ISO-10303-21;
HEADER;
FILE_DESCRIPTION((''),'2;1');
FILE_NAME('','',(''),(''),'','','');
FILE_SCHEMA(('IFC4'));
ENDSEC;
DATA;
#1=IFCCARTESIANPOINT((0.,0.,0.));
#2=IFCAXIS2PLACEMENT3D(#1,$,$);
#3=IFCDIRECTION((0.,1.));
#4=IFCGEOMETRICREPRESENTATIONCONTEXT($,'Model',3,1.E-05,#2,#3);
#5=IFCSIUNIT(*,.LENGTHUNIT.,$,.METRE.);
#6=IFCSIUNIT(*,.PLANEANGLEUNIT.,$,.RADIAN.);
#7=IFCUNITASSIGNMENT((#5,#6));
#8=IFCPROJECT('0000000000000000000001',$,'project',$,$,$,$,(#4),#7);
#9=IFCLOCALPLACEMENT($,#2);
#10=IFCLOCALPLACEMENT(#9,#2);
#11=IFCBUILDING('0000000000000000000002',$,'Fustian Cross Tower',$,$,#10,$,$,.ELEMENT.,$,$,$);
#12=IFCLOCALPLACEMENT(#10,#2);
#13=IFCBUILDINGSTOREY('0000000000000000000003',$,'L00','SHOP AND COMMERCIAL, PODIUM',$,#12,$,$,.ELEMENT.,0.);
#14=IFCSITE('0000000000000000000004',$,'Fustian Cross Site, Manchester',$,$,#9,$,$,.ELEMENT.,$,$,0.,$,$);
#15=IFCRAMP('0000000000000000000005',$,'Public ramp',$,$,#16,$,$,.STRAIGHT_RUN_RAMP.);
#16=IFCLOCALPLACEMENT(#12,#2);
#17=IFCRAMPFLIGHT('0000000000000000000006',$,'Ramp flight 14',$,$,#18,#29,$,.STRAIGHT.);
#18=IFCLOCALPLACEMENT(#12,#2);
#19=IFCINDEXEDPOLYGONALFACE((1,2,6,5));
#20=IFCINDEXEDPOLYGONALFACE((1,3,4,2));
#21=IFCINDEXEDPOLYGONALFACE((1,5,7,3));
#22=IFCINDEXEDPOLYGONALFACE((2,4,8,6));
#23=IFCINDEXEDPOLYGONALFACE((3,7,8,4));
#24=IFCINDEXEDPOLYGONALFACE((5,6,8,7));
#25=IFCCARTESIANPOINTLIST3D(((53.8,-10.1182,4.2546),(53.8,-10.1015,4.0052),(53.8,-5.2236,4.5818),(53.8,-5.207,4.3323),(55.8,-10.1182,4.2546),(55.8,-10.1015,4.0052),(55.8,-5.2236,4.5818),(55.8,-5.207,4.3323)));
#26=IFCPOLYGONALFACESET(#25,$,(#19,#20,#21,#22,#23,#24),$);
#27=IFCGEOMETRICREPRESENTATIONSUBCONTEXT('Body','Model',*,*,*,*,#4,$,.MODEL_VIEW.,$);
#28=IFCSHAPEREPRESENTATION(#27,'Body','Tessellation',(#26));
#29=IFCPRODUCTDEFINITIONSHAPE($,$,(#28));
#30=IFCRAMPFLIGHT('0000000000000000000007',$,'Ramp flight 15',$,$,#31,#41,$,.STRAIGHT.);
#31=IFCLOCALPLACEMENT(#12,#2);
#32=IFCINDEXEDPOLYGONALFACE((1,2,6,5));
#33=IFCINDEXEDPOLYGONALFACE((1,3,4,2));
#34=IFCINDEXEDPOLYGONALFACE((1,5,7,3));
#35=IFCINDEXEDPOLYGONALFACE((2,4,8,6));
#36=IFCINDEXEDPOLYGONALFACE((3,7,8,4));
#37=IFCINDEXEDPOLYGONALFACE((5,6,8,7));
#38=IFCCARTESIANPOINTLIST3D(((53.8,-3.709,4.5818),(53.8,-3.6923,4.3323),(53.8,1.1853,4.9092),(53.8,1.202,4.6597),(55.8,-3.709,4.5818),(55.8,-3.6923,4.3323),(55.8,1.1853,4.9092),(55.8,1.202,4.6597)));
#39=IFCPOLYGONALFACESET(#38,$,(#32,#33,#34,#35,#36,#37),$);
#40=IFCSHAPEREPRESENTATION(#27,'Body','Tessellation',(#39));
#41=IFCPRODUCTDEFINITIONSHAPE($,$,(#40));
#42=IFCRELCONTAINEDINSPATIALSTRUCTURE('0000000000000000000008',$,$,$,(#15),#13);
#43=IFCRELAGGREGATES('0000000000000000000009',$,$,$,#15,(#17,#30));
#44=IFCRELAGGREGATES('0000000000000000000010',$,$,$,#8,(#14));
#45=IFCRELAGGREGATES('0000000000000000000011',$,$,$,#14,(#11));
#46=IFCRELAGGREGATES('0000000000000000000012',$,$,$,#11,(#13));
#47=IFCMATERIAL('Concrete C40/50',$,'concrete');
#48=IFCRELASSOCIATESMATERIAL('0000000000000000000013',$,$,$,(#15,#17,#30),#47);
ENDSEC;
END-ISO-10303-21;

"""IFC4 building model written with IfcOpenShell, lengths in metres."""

from ifc_helpers import new_model, si_unit, direction, frame, origin, place, context, subcontext, project, spatial, polyline, outline, extrude, material, element, aggregate, save


model = new_model("IFC4")

# Units and contexts
model_context = context("Model", 3, precision=1e-05, world=origin(), true_north=direction((0.0, 1.0)))
body_context = subcontext(model_context, "Body", "Model", "MODEL_VIEW")
ifc_project = project(units=[si_unit("LENGTHUNIT", "METRE"), si_unit("PLANEANGLEUNIT", "RADIAN")], contexts=[model_context])

# Site, building, storey
site_placement = place(None, origin())
site = spatial("IfcSite", under=ifc_project, at=site_placement, Name="Fustian Cross Site, Manchester", CompositionType="ELEMENT", RefElevation=0.0)
building_placement = place(site_placement, origin())
building = spatial("IfcBuilding", under=site, at=building_placement, Name="Fustian Cross Tower", CompositionType="ELEMENT")
storey_placement = place(building_placement, origin())
storey = spatial("IfcBuildingStorey", under=building, at=storey_placement, Name="L00", Description="SHOP AND COMMERCIAL, PODIUM", CompositionType="ELEMENT", Elevation=0.0)

# Ramp, ramp flights
ifc_material_1 = material(Name="Concrete C40/50", Category="concrete")
ramp_placement = place(storey_placement, origin())
ramp = element("IfcRamp", 1, at=ramp_placement, inside=storey, material=ifc_material_1, Name="Public ramp", PredefinedType="STRAIGHT_RUN_RAMP")
ramp_flight_1_placement = place(storey_placement, frame((53.8, -10.1182, 4.2546), z_axis=(0.0, -0.066691, 0.997774), x_axis=(1.0, 0.0, 0.0)))
ramp_flight_1 = element("IfcRampFlight", 2, at=ramp_flight_1_placement, material=ifc_material_1, Name="Ramp flight 14", PredefinedType="STRAIGHT", context=body_context, shape_type="SweptSolid", body=[
    extrude(outline(polyline([(0.0, 0.0), (2.0, 0.0), (2.0, 4.9055), (0.0, 4.9055), (0.0, 0.0)])), origin(), (0.0, 0.0, -1.0), 0.25),
])
ramp_flight_2_placement = place(storey_placement, frame((53.8, -3.709, 4.5818), z_axis=(0.0, -0.066744, 0.99777), x_axis=(1.0, 0.0, 0.0)))
ramp_flight_2 = element("IfcRampFlight", 3, at=ramp_flight_2_placement, material=ifc_material_1, Name="Ramp flight 15", PredefinedType="STRAIGHT", context=body_context, shape_type="SweptSolid", body=[
    extrude(outline(polyline([(0.0, 0.0), (2.0, 0.0), (2.0, 4.9052), (0.0, 4.9052), (0.0, 0.0)])), origin(), (0.0, 0.0, -1.0), 0.25),
])
aggregate(ramp, [ramp_flight_1, ramp_flight_2])

save(model, "model.ifc")
